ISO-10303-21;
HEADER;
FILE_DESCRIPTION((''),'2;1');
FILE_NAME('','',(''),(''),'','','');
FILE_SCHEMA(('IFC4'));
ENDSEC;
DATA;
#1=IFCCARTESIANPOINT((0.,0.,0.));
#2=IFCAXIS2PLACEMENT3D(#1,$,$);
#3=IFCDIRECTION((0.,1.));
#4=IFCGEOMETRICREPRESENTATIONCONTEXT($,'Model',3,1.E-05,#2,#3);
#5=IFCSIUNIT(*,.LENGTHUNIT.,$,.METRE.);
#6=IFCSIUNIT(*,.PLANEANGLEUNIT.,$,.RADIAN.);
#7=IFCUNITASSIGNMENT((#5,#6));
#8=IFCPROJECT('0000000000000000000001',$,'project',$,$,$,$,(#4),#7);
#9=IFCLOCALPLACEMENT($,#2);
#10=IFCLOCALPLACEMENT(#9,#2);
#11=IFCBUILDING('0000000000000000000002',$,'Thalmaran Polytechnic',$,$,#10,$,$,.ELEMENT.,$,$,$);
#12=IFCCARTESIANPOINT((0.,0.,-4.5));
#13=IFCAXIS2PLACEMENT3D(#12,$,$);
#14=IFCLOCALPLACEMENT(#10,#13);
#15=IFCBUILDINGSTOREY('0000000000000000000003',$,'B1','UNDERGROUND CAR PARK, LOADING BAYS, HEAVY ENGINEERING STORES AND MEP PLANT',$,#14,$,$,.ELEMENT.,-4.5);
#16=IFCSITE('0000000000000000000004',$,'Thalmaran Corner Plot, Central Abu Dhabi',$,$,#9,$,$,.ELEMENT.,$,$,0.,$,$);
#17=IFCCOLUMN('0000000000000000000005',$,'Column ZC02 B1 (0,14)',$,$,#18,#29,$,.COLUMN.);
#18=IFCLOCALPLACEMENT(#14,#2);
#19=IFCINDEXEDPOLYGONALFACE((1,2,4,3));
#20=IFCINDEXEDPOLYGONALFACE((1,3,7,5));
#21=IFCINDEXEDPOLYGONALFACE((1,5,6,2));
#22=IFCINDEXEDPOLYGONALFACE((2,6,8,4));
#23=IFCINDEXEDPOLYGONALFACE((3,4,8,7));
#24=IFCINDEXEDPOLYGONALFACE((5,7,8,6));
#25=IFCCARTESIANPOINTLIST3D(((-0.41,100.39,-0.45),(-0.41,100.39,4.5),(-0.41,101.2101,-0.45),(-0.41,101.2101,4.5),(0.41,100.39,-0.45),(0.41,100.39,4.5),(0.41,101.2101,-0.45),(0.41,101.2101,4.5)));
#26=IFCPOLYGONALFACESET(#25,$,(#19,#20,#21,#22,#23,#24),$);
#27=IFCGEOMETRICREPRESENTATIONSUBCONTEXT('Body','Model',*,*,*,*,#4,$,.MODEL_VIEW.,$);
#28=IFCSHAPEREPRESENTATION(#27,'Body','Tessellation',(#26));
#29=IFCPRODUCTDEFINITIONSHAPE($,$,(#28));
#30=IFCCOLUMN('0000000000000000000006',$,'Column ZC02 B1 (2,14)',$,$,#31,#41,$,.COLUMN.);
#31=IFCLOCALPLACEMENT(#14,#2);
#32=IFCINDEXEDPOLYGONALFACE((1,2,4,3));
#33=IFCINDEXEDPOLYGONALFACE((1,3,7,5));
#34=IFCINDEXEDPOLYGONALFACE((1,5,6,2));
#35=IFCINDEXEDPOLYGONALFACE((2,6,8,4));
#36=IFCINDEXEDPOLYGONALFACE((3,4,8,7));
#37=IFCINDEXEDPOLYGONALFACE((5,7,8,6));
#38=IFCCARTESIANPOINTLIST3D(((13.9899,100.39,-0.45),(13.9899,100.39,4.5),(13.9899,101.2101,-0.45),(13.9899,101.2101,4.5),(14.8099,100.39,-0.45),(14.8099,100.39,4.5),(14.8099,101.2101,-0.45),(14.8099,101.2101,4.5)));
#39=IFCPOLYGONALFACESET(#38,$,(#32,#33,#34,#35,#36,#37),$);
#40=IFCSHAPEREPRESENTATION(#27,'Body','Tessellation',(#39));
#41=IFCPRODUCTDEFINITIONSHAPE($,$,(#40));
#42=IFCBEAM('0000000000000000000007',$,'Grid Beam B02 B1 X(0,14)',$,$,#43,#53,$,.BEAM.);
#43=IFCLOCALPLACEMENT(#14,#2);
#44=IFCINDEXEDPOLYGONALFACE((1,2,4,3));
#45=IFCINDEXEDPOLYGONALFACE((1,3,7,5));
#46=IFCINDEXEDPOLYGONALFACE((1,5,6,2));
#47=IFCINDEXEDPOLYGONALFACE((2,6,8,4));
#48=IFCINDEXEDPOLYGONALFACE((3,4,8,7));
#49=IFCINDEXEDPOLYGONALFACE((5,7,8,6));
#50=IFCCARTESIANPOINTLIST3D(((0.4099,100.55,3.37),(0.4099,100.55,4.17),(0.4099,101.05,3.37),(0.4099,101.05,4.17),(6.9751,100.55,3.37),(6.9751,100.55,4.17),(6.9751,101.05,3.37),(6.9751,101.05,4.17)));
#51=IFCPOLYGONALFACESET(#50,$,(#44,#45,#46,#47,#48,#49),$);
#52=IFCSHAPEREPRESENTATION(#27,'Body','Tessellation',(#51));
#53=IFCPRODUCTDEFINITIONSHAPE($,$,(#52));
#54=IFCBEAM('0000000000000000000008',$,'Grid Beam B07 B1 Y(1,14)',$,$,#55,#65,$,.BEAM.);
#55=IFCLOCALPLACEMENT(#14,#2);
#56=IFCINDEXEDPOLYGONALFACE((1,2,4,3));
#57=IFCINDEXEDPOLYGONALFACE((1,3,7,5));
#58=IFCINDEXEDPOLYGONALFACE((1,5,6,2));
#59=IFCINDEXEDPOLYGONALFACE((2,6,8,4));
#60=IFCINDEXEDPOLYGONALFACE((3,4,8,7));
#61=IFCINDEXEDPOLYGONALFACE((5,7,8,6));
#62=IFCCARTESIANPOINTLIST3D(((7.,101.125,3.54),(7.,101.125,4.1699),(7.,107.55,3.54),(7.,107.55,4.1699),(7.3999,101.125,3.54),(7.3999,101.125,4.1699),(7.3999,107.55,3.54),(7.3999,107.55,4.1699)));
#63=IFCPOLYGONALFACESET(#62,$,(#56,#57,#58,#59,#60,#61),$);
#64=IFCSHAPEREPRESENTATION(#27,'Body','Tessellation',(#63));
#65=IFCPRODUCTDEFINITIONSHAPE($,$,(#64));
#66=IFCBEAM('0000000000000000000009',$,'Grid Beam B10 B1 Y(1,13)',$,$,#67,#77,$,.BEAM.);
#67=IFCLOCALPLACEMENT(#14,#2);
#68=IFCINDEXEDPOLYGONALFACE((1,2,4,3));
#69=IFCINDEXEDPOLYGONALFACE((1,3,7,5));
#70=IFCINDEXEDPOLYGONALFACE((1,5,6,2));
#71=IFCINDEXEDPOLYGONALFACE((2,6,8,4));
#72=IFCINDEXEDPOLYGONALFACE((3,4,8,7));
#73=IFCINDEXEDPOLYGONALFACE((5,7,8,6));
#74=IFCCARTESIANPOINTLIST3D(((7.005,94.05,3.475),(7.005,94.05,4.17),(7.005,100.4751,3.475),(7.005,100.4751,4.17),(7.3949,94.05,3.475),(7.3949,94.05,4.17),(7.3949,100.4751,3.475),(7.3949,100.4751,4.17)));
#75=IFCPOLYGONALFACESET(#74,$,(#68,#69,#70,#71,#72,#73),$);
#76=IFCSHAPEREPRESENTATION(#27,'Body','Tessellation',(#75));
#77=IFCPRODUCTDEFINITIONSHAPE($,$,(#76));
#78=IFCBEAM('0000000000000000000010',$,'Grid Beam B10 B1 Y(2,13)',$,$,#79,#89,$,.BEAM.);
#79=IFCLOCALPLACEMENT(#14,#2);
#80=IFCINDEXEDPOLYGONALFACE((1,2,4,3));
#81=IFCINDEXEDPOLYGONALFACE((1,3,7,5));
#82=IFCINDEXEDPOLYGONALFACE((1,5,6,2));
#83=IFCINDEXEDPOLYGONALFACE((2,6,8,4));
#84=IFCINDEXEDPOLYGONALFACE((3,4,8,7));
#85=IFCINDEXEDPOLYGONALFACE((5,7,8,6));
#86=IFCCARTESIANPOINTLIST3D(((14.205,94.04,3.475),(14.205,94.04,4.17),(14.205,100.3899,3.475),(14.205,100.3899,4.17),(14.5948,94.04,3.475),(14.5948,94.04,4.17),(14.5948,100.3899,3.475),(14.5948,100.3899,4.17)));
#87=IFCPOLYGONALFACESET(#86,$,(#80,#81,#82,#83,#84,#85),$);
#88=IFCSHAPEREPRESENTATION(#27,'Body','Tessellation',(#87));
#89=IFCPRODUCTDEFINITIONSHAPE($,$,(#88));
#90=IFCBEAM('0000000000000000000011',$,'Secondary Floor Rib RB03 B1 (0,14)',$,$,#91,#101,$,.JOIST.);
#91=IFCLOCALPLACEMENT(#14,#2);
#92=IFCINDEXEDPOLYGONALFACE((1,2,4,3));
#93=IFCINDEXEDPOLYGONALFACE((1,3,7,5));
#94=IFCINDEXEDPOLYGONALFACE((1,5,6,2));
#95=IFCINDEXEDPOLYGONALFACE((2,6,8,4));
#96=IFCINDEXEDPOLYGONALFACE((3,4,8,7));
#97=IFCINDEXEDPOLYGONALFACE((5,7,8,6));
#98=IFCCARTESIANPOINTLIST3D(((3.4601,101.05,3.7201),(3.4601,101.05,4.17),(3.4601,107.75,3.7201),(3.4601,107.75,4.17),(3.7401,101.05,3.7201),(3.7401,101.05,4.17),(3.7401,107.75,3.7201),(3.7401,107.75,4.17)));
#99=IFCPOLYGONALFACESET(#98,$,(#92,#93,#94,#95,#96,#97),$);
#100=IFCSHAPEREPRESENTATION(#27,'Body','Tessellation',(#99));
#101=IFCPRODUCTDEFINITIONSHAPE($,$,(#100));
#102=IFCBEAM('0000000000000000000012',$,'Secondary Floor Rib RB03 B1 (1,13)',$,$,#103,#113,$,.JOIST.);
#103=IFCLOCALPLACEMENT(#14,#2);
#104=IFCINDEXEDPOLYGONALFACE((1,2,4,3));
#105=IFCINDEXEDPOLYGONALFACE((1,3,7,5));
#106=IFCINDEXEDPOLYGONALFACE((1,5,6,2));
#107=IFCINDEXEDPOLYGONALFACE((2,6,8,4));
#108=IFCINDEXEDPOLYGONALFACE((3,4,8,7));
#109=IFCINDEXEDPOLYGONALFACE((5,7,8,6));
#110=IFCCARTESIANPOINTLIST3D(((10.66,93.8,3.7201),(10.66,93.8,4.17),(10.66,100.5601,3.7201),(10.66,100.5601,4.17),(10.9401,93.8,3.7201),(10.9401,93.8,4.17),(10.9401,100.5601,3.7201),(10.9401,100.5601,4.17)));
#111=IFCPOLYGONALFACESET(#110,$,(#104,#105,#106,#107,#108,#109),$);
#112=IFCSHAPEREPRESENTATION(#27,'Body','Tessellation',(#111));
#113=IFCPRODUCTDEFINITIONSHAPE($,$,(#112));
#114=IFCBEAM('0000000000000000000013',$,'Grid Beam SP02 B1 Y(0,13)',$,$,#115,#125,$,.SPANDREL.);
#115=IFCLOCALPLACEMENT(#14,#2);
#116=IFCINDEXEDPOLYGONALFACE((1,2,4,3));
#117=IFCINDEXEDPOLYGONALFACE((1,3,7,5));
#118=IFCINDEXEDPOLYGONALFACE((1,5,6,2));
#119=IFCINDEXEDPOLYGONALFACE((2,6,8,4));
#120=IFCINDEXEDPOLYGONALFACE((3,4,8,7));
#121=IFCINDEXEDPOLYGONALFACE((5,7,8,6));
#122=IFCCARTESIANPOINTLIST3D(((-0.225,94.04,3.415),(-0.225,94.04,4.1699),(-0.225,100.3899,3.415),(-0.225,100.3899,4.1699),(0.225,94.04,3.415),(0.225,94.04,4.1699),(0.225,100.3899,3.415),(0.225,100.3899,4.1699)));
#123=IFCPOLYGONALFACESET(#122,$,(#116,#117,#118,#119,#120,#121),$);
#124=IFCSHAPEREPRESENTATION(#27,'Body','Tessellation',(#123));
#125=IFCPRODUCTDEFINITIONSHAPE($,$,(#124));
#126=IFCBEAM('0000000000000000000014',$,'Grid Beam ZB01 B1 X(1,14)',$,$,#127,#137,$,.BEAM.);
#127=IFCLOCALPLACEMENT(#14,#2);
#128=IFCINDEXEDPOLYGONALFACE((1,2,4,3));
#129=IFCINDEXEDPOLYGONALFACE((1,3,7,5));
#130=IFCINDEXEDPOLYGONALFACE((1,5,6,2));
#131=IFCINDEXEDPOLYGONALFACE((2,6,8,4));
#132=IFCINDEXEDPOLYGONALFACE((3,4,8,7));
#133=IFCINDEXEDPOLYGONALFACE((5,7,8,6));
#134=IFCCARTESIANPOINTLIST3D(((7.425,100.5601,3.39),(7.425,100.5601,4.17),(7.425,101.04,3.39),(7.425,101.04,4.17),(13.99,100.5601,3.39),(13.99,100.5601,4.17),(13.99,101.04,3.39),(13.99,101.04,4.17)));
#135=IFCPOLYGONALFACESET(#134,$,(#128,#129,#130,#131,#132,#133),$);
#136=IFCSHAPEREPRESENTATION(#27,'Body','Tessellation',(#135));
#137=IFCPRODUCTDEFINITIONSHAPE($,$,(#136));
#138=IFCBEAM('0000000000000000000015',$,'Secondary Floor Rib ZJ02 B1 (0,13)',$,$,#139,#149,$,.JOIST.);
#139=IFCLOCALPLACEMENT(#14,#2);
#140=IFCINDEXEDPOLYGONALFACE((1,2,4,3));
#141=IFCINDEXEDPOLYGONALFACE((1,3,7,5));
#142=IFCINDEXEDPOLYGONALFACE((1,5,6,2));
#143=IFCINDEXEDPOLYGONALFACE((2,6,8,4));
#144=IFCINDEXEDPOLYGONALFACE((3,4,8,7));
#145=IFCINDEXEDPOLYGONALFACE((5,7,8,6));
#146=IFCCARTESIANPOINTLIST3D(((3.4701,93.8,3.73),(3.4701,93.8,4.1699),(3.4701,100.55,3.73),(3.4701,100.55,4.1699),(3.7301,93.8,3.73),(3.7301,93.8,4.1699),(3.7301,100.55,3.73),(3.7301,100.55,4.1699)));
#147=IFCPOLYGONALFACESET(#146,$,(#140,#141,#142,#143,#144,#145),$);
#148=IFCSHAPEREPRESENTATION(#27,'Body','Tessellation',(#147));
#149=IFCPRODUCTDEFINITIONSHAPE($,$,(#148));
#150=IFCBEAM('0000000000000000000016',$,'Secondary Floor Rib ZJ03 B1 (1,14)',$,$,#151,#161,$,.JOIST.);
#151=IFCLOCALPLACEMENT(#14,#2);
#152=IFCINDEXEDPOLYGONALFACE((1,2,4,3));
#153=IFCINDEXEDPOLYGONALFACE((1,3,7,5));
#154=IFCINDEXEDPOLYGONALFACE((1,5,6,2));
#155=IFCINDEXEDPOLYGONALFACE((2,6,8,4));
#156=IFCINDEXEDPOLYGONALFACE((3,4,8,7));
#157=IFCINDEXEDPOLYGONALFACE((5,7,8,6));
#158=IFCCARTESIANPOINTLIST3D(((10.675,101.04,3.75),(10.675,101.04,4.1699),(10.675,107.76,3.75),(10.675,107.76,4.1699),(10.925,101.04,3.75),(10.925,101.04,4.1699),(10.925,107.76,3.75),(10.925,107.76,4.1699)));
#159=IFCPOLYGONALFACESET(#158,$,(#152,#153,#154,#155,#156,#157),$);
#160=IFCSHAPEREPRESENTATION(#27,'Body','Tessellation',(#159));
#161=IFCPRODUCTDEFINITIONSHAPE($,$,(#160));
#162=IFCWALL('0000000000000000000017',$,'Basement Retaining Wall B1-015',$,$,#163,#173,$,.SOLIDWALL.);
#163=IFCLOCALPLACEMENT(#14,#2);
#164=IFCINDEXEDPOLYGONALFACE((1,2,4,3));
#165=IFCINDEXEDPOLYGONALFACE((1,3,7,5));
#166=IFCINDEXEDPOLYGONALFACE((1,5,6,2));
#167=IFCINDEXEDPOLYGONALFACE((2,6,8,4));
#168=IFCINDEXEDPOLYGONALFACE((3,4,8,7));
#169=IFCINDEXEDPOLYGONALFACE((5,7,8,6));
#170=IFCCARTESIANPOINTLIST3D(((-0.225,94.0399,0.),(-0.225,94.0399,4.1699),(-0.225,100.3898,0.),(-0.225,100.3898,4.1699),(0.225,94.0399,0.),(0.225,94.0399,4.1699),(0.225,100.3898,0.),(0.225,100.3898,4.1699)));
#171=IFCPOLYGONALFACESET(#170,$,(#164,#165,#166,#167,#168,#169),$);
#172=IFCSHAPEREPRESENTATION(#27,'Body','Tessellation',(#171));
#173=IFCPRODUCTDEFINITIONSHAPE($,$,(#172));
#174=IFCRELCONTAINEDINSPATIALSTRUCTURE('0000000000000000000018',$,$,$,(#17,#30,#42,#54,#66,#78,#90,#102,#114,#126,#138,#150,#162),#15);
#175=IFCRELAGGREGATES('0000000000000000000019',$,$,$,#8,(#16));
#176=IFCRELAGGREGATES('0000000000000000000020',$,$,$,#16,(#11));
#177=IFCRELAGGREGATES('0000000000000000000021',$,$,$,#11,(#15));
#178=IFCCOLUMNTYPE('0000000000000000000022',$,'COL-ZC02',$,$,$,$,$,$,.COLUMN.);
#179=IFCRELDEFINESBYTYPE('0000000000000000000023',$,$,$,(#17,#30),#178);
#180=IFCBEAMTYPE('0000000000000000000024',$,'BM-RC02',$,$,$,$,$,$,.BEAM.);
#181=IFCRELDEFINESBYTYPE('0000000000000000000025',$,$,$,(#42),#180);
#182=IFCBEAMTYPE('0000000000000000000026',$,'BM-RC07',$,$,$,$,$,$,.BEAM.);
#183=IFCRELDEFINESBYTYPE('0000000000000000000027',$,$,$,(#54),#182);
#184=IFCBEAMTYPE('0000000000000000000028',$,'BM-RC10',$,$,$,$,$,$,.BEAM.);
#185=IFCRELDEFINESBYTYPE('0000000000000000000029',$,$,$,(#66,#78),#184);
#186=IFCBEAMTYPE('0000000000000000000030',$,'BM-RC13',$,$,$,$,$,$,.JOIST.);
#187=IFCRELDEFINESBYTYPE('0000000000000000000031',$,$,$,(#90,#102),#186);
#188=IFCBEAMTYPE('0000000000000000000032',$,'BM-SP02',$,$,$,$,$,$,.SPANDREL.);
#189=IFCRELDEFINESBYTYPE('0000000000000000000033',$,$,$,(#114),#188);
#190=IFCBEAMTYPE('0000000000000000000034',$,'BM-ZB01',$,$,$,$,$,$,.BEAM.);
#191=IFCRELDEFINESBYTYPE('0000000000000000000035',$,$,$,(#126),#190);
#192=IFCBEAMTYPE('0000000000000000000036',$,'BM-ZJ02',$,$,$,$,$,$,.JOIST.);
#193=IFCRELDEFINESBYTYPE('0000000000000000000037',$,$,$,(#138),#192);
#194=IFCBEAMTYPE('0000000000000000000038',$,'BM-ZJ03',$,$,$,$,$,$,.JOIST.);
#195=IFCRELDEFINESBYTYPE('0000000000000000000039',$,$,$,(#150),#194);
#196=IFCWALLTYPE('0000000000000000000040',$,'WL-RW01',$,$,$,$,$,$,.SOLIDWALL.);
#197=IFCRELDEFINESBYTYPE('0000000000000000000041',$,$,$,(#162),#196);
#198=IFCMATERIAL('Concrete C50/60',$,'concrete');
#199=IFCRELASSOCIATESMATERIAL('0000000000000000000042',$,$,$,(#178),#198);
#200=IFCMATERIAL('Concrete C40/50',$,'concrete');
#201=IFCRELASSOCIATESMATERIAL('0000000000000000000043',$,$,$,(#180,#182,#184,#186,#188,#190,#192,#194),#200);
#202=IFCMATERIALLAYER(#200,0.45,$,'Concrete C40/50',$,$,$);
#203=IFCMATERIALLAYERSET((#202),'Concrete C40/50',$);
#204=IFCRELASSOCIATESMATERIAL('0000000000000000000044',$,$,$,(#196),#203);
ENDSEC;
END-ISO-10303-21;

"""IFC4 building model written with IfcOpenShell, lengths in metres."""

from ifc_helpers import new_model, si_unit, direction, frame, frame_2d, origin, origin_2d, place, context, subcontext, project, spatial, rectangle, extrude, material, layer, layer_set, material_profile, profile_set, type_object, element, save


model = new_model("IFC4")

# Units and contexts
model_context = context("Model", 3, precision=1e-05, world=origin(), true_north=direction((0.0, 1.0)))
body_context = subcontext(model_context, "Body", "Model", "MODEL_VIEW")
ifc_project = project(units=[si_unit("LENGTHUNIT", "METRE"), si_unit("PLANEANGLEUNIT", "RADIAN")], contexts=[model_context])

# Site, building, storey
site_placement = place(None, origin())
site = spatial("IfcSite", under=ifc_project, at=site_placement, Name="Thalmaran Corner Plot, Central Abu Dhabi", CompositionType="ELEMENT", RefElevation=0.0)
building_placement = place(site_placement, origin())
building = spatial("IfcBuilding", under=site, at=building_placement, Name="Thalmaran Polytechnic", CompositionType="ELEMENT")
storey_placement = place(building_placement, frame((0.0, 0.0, -4.5)))
storey = spatial("IfcBuildingStorey", under=building, at=storey_placement, Name="B1", Description="UNDERGROUND CAR PARK, LOADING BAYS, HEAVY ENGINEERING STORES AND MEP PLANT", CompositionType="ELEMENT", Elevation=-4.5)

# Shared definitions
ifc_material_1 = material(Name="Concrete C40/50", Category="concrete")

# Columns
ifc_material_2 = material(Name="Concrete C50/60", Category="concrete")
ifc_material_profile_1 = material_profile(ifc_material_2, rectangle(XDim=0.8201, YDim=0.8201, at=origin_2d()), Name="RC 820x820")
ifc_profile_set_1 = profile_set([ifc_material_profile_1], Name="Concrete C50/60")
column_type_1 = type_object("IfcColumnType", Name="COL-ZC02", PredefinedType="COLUMN", material=ifc_profile_set_1)
for number, where, z_axis, x_axis, name in (
    (1, (0.0, 100.8, -0.45), (0.0, 0.0, 1.0), (1.0, 0.0, 0.0), "Column ZC02 B1 (0,14)"),
    (2, (14.3999, 100.8, -0.45), (0.0, 0.0, 1.0), (1.0, 0.0, 0.0), "Column ZC02 B1 (2,14)"),
):
    element("IfcColumn", number, at=place(storey_placement, frame(where, z_axis=z_axis, x_axis=x_axis)), inside=storey, type_object=column_type_1, Name=name, PredefinedType="COLUMN", context=body_context, shape_type="SweptSolid", body=[
        extrude(rectangle(XDim=0.8201, YDim=0.8201, at=origin_2d()), origin(), (0.0, 0.0, 1.0), 4.95),
    ])

# Beams
ifc_material_profile_2 = material_profile(ifc_material_1, rectangle(XDim=0.5, YDim=0.8, at=origin_2d()), Name="RC 500x800")
ifc_profile_set_2 = profile_set([ifc_material_profile_2], Name="Concrete C40/50")
beam_type_1 = type_object("IfcBeamType", Name="BM-RC02", PredefinedType="BEAM", material=ifc_profile_set_2)
beam_1_placement = place(storey_placement, frame((0.4099, 100.8, 3.77), z_axis=(1.0, 0.0, 0.0), x_axis=(0.0, 1.0, 0.0)))
element("IfcBeam", 3, at=beam_1_placement, inside=storey, type_object=beam_type_1, Name="Grid Beam B02 B1 X(0,14)", PredefinedType="BEAM", context=body_context, shape_type="SweptSolid", body=[
    extrude(rectangle(XDim=0.5, YDim=0.8, at=origin_2d()), origin(), (0.0, 0.0, 1.0), 6.5652),
])
ifc_material_profile_3 = material_profile(ifc_material_1, rectangle(XDim=0.3999, YDim=0.6299, at=origin_2d()), Name="RC 400x630")
ifc_profile_set_3 = profile_set([ifc_material_profile_3], Name="Concrete C40/50")
beam_type_2 = type_object("IfcBeamType", Name="BM-RC07", PredefinedType="BEAM", material=ifc_profile_set_3)
beam_2_placement = place(storey_placement, frame((7.2, 101.125, 3.855), z_axis=(0.0, 1.0, 0.0), x_axis=(-1.0, 0.0, 0.0)))
element("IfcBeam", 4, at=beam_2_placement, inside=storey, type_object=beam_type_2, Name="Grid Beam B07 B1 Y(1,14)", PredefinedType="BEAM", context=body_context, shape_type="SweptSolid", body=[
    extrude(rectangle(XDim=0.3999, YDim=0.6299, at=origin_2d()), origin(), (0.0, 0.0, 1.0), 6.425),
])
ifc_material_profile_4 = material_profile(ifc_material_1, rectangle(XDim=0.3899, YDim=0.6951, at=origin_2d()), Name="RC 390x695")
ifc_profile_set_4 = profile_set([ifc_material_profile_4], Name="Concrete C40/50")
beam_type_3 = type_object("IfcBeamType", Name="BM-RC10", PredefinedType="BEAM", material=ifc_profile_set_4)
beam_3_placement = place(storey_placement, frame((7.2, 94.05, 3.8225), z_axis=(0.0, 1.0, 0.0), x_axis=(-1.0, 0.0, 0.0)))
element("IfcBeam", 5, at=beam_3_placement, inside=storey, type_object=beam_type_3, Name="Grid Beam B10 B1 Y(1,13)", PredefinedType="BEAM", context=body_context, shape_type="SweptSolid", body=[
    extrude(rectangle(XDim=0.3899, YDim=0.6951, at=origin_2d()), origin(), (0.0, 0.0, 1.0), 6.425),
])
beam_4_placement = place(storey_placement, frame((14.3999, 94.04, 3.8225), z_axis=(0.0, 1.0, 0.0), x_axis=(-1.0, 0.0, 0.0)))
element("IfcBeam", 6, at=beam_4_placement, inside=storey, type_object=beam_type_3, Name="Grid Beam B10 B1 Y(2,13)", PredefinedType="BEAM", context=body_context, shape_type="SweptSolid", body=[
    extrude(rectangle(XDim=0.3899, YDim=0.6951, at=origin_2d()), origin(), (0.0, 0.0, 1.0), 6.3499),
])
ifc_material_profile_5 = material_profile(ifc_material_1, rectangle(XDim=0.28, YDim=0.45, at=origin_2d()), Name="RC 280x450")
ifc_profile_set_5 = profile_set([ifc_material_profile_5], Name="Concrete C40/50")
beam_type_4 = type_object("IfcBeamType", Name="BM-RC13", PredefinedType="JOIST", material=ifc_profile_set_5)
beam_5_placement = place(storey_placement, frame((3.6001, 101.05, 3.9451), z_axis=(0.0, 1.0, 0.0), x_axis=(-1.0, 0.0, 0.0)))
element("IfcBeam", 7, at=beam_5_placement, inside=storey, type_object=beam_type_4, Name="Secondary Floor Rib RB03 B1 (0,14)", PredefinedType="JOIST", context=body_context, shape_type="SweptSolid", body=[
    extrude(rectangle(XDim=0.28, YDim=0.45, at=origin_2d()), origin(), (0.0, 0.0, 1.0), 6.7),
])
beam_6_placement = place(storey_placement, frame((10.8, 93.8, 3.9451), z_axis=(0.0, 1.0, 0.0), x_axis=(-1.0, 0.0, 0.0)))
element("IfcBeam", 8, at=beam_6_placement, inside=storey, type_object=beam_type_4, Name="Secondary Floor Rib RB03 B1 (1,13)", PredefinedType="JOIST", context=body_context, shape_type="SweptSolid", body=[
    extrude(rectangle(XDim=0.28, YDim=0.45, at=origin_2d()), origin(), (0.0, 0.0, 1.0), 6.76),
])
ifc_material_profile_6 = material_profile(ifc_material_1, rectangle(XDim=0.45, YDim=0.7549, at=origin_2d()), Name="RC 450x755")
ifc_profile_set_6 = profile_set([ifc_material_profile_6], Name="Concrete C40/50")
beam_type_5 = type_object("IfcBeamType", Name="BM-SP02", PredefinedType="SPANDREL", material=ifc_profile_set_6)
beam_7_placement = place(storey_placement, frame((0.0, 94.04, 3.7925), z_axis=(0.0, 1.0, 0.0), x_axis=(-1.0, 0.0, 0.0)))
element("IfcBeam", 9, at=beam_7_placement, inside=storey, type_object=beam_type_5, Name="Grid Beam SP02 B1 Y(0,13)", PredefinedType="SPANDREL", context=body_context, shape_type="SweptSolid", body=[
    extrude(rectangle(XDim=0.45, YDim=0.7549, at=origin_2d()), origin(), (0.0, 0.0, 1.0), 6.3499),
])
ifc_material_profile_7 = material_profile(ifc_material_1, rectangle(XDim=0.48, YDim=0.78, at=origin_2d()), Name="RC 480x780")
ifc_profile_set_7 = profile_set([ifc_material_profile_7], Name="Concrete C40/50")
beam_type_6 = type_object("IfcBeamType", Name="BM-ZB01", PredefinedType="BEAM", material=ifc_profile_set_7)
beam_8_placement = place(storey_placement, frame((7.425, 100.8, 3.78), z_axis=(1.0, 0.0, 0.0), x_axis=(0.0, 1.0, 0.0)))
element("IfcBeam", 10, at=beam_8_placement, inside=storey, type_object=beam_type_6, Name="Grid Beam ZB01 B1 X(1,14)", PredefinedType="BEAM", context=body_context, shape_type="SweptSolid", body=[
    extrude(rectangle(XDim=0.48, YDim=0.78, at=origin_2d()), origin(), (0.0, 0.0, 1.0), 6.5649),
])
ifc_material_profile_8 = material_profile(ifc_material_1, rectangle(XDim=0.26, YDim=0.4399, at=origin_2d()), Name="RC 260x440")
ifc_profile_set_8 = profile_set([ifc_material_profile_8], Name="Concrete C40/50")
beam_type_7 = type_object("IfcBeamType", Name="BM-ZJ02", PredefinedType="JOIST", material=ifc_profile_set_8)
beam_9_placement = place(storey_placement, frame((3.6001, 93.8, 3.95), z_axis=(0.0, 1.0, 0.0), x_axis=(-1.0, 0.0, 0.0)))
element("IfcBeam", 11, at=beam_9_placement, inside=storey, type_object=beam_type_7, Name="Secondary Floor Rib ZJ02 B1 (0,13)", PredefinedType="JOIST", context=body_context, shape_type="SweptSolid", body=[
    extrude(rectangle(XDim=0.26, YDim=0.4399, at=origin_2d()), origin(), (0.0, 0.0, 1.0), 6.75),
])
ifc_material_profile_9 = material_profile(ifc_material_1, rectangle(XDim=0.25, YDim=0.4199, at=origin_2d()), Name="RC 250x420")
ifc_profile_set_9 = profile_set([ifc_material_profile_9], Name="Concrete C40/50")
beam_type_8 = type_object("IfcBeamType", Name="BM-ZJ03", PredefinedType="JOIST", material=ifc_profile_set_9)
beam_10_placement = place(storey_placement, frame((10.8, 101.04, 3.96), z_axis=(0.0, 1.0, 0.0), x_axis=(-1.0, 0.0, 0.0)))
element("IfcBeam", 12, at=beam_10_placement, inside=storey, type_object=beam_type_8, Name="Secondary Floor Rib ZJ03 B1 (1,14)", PredefinedType="JOIST", context=body_context, shape_type="SweptSolid", body=[
    extrude(rectangle(XDim=0.25, YDim=0.4199, at=origin_2d()), origin(), (0.0, 0.0, 1.0), 6.72),
])

# Wall
ifc_layer = layer(ifc_material_1, 0.45, Name="Concrete C40/50")
ifc_layer_set = layer_set([ifc_layer], Name="Concrete C40/50")
wall_type = type_object("IfcWallType", Name="WL-RW01", PredefinedType="SOLIDWALL", material=ifc_layer_set)
wall_placement = place(storey_placement, frame((0.0, 94.04, 0.0), z_axis=(0.0, 0.0, 1.0), x_axis=(0.0, 1.0, 0.0)))
element("IfcWall", 13, at=wall_placement, inside=storey, type_object=wall_type, Name="Basement Retaining Wall B1-015", PredefinedType="SOLIDWALL", context=body_context, shape_type="SweptSolid", body=[
    extrude(rectangle(XDim=6.3499, YDim=0.45, at=frame_2d((3.1748, 0.0))), origin(), (0.0, 0.0, 1.0), 4.1699),
])

save(model, "model.ifc")
